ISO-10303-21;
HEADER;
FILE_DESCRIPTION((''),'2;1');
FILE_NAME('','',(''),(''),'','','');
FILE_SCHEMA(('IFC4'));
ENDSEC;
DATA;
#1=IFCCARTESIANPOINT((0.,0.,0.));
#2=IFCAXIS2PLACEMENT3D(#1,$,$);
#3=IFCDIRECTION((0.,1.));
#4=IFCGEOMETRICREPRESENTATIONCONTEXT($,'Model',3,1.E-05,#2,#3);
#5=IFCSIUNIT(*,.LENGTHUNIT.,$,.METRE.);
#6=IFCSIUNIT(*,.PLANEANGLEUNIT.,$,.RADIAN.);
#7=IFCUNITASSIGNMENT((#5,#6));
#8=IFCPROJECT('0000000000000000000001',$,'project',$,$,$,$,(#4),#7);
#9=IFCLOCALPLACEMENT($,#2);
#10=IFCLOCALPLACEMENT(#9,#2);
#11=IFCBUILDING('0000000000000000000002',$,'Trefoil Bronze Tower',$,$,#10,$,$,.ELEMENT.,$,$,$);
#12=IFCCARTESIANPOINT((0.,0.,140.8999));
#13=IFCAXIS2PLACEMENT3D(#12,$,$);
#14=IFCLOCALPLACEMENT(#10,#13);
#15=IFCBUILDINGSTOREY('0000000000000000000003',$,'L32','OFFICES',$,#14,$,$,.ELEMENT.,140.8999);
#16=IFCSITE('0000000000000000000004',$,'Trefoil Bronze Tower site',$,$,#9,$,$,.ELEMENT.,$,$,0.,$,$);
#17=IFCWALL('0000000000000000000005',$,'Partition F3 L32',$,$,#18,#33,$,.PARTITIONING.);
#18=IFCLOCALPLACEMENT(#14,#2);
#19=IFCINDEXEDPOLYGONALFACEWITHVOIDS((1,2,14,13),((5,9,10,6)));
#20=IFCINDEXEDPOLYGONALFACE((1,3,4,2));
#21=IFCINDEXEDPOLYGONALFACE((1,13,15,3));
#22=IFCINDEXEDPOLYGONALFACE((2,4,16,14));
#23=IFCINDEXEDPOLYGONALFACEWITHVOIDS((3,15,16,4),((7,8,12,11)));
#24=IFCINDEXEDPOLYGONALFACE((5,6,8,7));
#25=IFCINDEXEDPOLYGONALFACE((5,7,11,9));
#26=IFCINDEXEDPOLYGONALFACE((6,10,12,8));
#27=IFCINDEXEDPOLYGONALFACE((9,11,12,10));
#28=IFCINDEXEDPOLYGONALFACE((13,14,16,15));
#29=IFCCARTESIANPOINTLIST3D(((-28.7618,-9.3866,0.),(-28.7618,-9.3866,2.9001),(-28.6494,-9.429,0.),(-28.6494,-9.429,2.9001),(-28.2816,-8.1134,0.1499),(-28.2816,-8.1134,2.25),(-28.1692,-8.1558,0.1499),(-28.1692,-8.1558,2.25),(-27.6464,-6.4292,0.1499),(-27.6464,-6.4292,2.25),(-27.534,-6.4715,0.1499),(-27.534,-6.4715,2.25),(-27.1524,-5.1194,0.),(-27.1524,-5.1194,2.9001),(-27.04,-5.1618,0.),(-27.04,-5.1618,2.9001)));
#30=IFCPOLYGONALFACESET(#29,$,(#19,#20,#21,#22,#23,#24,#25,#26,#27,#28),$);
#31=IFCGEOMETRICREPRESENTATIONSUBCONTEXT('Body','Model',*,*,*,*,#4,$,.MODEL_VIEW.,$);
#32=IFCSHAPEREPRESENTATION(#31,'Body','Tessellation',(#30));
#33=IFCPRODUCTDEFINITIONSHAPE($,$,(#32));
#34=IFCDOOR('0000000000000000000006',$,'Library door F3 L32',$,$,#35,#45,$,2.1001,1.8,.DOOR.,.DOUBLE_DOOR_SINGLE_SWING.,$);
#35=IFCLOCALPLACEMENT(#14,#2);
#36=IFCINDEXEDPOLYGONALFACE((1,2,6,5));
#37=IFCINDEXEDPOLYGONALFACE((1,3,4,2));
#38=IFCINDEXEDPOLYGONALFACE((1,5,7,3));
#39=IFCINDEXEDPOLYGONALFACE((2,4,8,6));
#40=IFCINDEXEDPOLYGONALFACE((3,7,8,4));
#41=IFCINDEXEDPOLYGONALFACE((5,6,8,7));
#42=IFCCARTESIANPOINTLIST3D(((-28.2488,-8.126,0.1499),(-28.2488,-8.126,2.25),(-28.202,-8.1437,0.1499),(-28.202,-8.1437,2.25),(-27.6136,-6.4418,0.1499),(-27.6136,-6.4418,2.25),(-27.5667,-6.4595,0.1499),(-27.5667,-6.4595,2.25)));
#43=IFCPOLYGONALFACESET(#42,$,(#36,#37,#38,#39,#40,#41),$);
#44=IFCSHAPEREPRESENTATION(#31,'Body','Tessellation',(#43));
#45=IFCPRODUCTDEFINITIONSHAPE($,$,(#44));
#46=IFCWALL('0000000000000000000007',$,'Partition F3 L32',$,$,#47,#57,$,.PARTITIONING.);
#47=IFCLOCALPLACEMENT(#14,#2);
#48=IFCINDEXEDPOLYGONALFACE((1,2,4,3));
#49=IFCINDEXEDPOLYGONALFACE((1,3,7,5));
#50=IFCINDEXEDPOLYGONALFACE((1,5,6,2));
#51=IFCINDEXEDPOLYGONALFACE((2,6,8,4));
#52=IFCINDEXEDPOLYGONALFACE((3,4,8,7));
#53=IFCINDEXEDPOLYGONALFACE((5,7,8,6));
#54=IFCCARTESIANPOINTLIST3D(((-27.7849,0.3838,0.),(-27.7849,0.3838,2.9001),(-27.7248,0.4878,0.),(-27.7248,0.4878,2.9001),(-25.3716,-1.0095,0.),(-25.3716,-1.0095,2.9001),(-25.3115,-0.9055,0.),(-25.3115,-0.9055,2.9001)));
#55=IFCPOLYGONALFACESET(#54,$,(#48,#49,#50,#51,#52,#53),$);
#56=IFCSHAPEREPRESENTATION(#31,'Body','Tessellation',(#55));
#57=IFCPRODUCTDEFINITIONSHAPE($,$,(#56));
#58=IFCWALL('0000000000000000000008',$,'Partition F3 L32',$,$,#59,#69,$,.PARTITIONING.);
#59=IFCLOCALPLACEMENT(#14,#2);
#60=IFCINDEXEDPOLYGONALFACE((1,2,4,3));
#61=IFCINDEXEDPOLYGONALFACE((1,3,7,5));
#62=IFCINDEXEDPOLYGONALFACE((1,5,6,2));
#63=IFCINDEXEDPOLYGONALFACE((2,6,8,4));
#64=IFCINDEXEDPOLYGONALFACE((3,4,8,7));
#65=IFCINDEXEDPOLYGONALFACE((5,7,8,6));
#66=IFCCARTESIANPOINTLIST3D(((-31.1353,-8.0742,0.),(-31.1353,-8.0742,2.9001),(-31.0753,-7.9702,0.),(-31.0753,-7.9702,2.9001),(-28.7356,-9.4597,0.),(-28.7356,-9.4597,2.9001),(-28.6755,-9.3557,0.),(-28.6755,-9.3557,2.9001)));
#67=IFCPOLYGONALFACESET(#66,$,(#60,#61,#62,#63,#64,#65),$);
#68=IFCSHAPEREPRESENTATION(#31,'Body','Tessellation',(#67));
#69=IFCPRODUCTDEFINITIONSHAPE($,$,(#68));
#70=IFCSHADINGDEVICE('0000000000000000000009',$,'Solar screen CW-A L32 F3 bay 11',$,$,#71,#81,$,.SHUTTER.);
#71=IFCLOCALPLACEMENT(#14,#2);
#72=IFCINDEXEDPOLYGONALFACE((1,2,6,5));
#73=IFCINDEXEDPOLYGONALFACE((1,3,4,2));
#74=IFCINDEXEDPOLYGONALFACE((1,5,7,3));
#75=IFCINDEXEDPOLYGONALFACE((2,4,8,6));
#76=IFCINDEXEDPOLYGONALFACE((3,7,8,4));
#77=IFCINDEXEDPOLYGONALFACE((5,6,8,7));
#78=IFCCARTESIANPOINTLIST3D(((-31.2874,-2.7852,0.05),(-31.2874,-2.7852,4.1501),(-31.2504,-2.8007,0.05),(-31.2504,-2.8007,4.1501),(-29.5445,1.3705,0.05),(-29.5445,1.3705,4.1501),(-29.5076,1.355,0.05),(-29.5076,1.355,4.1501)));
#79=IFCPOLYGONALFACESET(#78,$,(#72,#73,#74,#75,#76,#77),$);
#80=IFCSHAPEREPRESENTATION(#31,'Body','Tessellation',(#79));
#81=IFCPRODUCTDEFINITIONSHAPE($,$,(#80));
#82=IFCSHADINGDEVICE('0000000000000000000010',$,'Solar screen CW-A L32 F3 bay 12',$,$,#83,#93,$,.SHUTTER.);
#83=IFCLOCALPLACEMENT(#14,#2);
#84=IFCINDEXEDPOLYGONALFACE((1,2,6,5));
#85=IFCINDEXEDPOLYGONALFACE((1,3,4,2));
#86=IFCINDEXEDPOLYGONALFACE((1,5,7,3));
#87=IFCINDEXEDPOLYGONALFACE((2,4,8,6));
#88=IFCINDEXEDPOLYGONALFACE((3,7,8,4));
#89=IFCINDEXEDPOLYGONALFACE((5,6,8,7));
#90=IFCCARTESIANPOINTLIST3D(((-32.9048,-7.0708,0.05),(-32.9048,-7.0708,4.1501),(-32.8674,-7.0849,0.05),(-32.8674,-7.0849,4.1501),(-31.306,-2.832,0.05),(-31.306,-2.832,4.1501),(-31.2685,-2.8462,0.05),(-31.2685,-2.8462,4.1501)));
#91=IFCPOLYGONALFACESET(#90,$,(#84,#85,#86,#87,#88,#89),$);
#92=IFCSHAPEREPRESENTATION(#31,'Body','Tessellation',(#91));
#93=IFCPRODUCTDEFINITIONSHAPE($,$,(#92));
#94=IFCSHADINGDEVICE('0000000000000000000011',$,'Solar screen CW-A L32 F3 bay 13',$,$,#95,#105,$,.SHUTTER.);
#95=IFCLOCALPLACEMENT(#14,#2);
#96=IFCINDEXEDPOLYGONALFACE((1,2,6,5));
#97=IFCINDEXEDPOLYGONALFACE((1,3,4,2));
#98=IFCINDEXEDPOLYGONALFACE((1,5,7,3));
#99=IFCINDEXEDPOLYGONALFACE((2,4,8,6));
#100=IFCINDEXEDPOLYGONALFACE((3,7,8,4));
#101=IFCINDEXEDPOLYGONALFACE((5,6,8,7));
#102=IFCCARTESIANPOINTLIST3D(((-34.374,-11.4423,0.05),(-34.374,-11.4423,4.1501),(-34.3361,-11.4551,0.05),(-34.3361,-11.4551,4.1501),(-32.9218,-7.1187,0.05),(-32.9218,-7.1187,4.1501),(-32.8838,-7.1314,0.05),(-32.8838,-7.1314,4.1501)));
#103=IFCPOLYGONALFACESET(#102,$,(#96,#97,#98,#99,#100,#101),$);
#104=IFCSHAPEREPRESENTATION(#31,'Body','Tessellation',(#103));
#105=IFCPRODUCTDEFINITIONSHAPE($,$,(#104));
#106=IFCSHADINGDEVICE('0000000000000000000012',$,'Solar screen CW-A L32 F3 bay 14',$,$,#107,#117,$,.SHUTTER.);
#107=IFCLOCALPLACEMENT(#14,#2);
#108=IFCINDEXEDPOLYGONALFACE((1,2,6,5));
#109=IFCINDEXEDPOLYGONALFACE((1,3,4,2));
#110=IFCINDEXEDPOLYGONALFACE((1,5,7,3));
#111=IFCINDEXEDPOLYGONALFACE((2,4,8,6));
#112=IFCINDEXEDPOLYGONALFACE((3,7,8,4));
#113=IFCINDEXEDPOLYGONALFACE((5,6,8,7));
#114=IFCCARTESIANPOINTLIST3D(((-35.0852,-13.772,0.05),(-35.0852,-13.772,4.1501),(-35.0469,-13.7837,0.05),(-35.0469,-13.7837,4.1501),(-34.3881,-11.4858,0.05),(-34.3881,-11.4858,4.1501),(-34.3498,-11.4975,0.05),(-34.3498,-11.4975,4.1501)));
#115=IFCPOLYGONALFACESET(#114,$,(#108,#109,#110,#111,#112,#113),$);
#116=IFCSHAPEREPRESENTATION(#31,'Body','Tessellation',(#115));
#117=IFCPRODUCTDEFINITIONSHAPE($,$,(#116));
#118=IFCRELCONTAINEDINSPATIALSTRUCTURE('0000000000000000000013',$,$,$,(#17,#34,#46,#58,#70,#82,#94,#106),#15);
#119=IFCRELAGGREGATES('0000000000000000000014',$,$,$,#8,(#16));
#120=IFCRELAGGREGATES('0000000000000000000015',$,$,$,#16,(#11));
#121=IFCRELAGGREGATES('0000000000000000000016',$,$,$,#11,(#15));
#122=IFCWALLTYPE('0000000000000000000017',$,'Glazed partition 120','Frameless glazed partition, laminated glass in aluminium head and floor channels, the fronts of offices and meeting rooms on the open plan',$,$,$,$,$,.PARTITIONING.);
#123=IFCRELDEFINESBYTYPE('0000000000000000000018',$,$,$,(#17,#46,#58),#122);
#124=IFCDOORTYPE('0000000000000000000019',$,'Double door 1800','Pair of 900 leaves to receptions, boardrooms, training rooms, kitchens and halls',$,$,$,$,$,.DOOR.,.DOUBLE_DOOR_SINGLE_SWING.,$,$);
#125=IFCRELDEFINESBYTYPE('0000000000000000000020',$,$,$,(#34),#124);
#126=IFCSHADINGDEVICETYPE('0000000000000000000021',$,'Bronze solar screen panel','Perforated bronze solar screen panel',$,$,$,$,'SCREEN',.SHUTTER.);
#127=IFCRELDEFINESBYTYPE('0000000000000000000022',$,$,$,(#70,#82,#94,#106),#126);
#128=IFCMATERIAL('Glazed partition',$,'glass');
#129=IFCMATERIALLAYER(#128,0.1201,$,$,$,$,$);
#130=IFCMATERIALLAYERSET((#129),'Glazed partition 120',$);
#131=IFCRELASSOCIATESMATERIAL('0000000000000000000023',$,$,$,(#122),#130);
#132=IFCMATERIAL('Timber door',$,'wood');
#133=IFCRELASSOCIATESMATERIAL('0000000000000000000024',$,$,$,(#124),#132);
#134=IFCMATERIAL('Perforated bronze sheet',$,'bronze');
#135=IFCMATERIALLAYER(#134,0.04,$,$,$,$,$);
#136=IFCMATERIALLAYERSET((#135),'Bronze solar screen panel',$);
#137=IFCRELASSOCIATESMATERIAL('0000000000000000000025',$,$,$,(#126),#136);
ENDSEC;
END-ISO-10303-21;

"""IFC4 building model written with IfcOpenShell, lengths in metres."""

from ifc_helpers import new_model, si_unit, direction, frame, frame_2d, origin, origin_2d, place, context, subcontext, project, spatial, rectangle, extrude, material, layer, layer_set, type_object, element, fill, save


model = new_model("IFC4")

# Units and contexts
model_context = context("Model", 3, precision=1e-05, world=origin(), true_north=direction((0.0, 1.0)))
body_context = subcontext(model_context, "Body", "Model", "MODEL_VIEW")
ifc_project = project(units=[si_unit("LENGTHUNIT", "METRE"), si_unit("PLANEANGLEUNIT", "RADIAN")], contexts=[model_context])

# Site, building, storey
site_placement = place(None, origin())
site = spatial("IfcSite", under=ifc_project, at=site_placement, Name="Trefoil Bronze Tower site", CompositionType="ELEMENT", RefElevation=0.0)
building_placement = place(site_placement, origin())
building = spatial("IfcBuilding", under=site, at=building_placement, Name="Trefoil Bronze Tower", CompositionType="ELEMENT")
storey_placement = place(building_placement, frame((0.0, 0.0, 140.8999)))
storey = spatial("IfcBuildingStorey", under=building, at=storey_placement, Name="L32", Description="OFFICES", CompositionType="ELEMENT", Elevation=140.8999)

# Shared definitions
ifc_material_1 = material(Name="Glazed partition", Category="glass")
ifc_layer_1 = layer(ifc_material_1, 0.1201)
ifc_layer_set_1 = layer_set([ifc_layer_1], Name="Glazed partition 120")
wall_type = type_object("IfcWallType", Name="Glazed partition 120", Description="Frameless glazed partition, laminated glass in aluminium head and floor channels, the fronts of offices and meeting rooms on the open plan", PredefinedType="PARTITIONING", material=ifc_layer_set_1)

# Wall, opening, door
wall_1_placement = place(storey_placement, frame((-27.0962, -5.1406, 0.0), z_axis=(0.0, 0.0, 1.0), x_axis=(-0.352895, -0.935663, 0.0)))
wall_1 = element("IfcWall", 1, at=wall_1_placement, inside=storey, type_object=wall_type, Name="Partition F3 L32", PredefinedType="PARTITIONING", context=body_context, shape_type="SweptSolid", body=[
    extrude(rectangle(XDim=4.5605, YDim=0.1201, at=frame_2d((2.2803, 0.0))), origin(), (0.0, 0.0, 1.0), 2.9001),
])
opening_placement = place(wall_1_placement, frame((1.3999, 0.0, 0.1499)))
opening = element("IfcOpeningElement", 2, at=opening_placement, cuts=wall_1, PredefinedType="OPENING", context=body_context, shape_type="SweptSolid", body=[
    extrude(rectangle(XDim=1.8, YDim=2.1001, at=frame_2d((0.8999, 1.05))), frame((0.0, 0.0701, 0.0), z_axis=(0.0, -1.0, 0.0), x_axis=(1.0, 0.0, 0.0)), (0.0, 0.0, 1.0), 0.1401),
])
ifc_material_2 = material(Name="Timber door", Category="wood")
door_type = type_object("IfcDoorType", Name="Double door 1800", Description="Pair of 900 leaves to receptions, boardrooms, training rooms, kitchens and halls", OperationType="DOUBLE_DOOR_SINGLE_SWING", PredefinedType="DOOR", material=ifc_material_2)
door_placement = place(opening_placement, frame((1.8, 0.0, 0.0), z_axis=(0.0, 0.0, 1.0), x_axis=(-1.0, 0.0, 0.0)))
door = element("IfcDoor", 3, at=door_placement, inside=storey, type_object=door_type, Name="Library door F3 L32", OperationType="DOUBLE_DOOR_SINGLE_SWING", OverallHeight=2.1001, OverallWidth=1.8, PredefinedType="DOOR", context=body_context, shape_type="SweptSolid", body=[
    extrude(rectangle(XDim=1.8, YDim=2.1001, at=frame_2d((0.8999, 1.05))), frame((0.0, 0.0249, 0.0), z_axis=(0.0, -1.0, 0.0), x_axis=(1.0, 0.0, 0.0)), (0.0, 0.0, 1.0), 0.05),
])
fill(opening, door)

# Walls
wall_2_placement = place(storey_placement, frame((-25.3416, -0.9575, 0.0), z_axis=(0.0, 0.0, 1.0), x_axis=(-0.866029, 0.499993, 0.0)))
element("IfcWall", 4, at=wall_2_placement, inside=storey, type_object=wall_type, Name="Partition F3 L32", PredefinedType="PARTITIONING", context=body_context, shape_type="SweptSolid", body=[
    extrude(rectangle(XDim=2.7866, YDim=0.1201, at=frame_2d((1.3933, 0.0))), origin(), (0.0, 0.0, 1.0), 2.9001),
])
wall_3_placement = place(storey_placement, frame((-28.7056, -9.4077, 0.0), z_axis=(0.0, 0.0, 1.0), x_axis=(-0.866017, 0.500015, 0.0)))
element("IfcWall", 5, at=wall_3_placement, inside=storey, type_object=wall_type, Name="Partition F3 L32", PredefinedType="PARTITIONING", context=body_context, shape_type="SweptSolid", body=[
    extrude(rectangle(XDim=2.771, YDim=0.1201, at=frame_2d((1.3855, 0.0))), origin(), (0.0, 0.0, 1.0), 2.9001),
])

# Shading devices
ifc_material_3 = material(Name="Perforated bronze sheet", Category="bronze")
ifc_layer_2 = layer(ifc_material_3, 0.04)
ifc_layer_set_2 = layer_set([ifc_layer_2], Name="Bronze solar screen panel")
shading_device_type = type_object("IfcShadingDeviceType", Name="Bronze solar screen panel", Description="Perforated bronze solar screen panel", ElementType="SCREEN", PredefinedType="SHUTTER", material=ifc_layer_set_2)
shading_device_1_placement = place(storey_placement, frame((-30.3975, -0.7151, 0.05), z_axis=(0.0, 0.0, 1.0), x_axis=(-0.386759, -0.922181, 0.0)))
element("IfcShadingDevice", 6, at=shading_device_1_placement, inside=storey, type_object=shading_device_type, Name="Solar screen CW-A L32 F3 bay 11", PredefinedType="SHUTTER", context=body_context, shape_type="SweptSolid", body=[
    extrude(rectangle(XDim=4.5063, YDim=0.04, at=origin_2d()), origin(), (0.0, 0.0, 1.0), 4.1001),
])
shading_device_2_placement = place(storey_placement, frame((-32.0867, -4.9585, 0.05), z_axis=(0.0, 0.0, 1.0), x_axis=(-0.35292, -0.935654, 0.0)))
element("IfcShadingDevice", 7, at=shading_device_2_placement, inside=storey, type_object=shading_device_type, Name="Solar screen CW-A L32 F3 bay 12", PredefinedType="SHUTTER", context=body_context, shape_type="SweptSolid", body=[
    extrude(rectangle(XDim=4.5303, YDim=0.04, at=origin_2d()), origin(), (0.0, 0.0, 1.0), 4.1001),
])
shading_device_3_placement = place(storey_placement, frame((-33.6289, -9.2869, 0.05), z_axis=(0.0, 0.0, 1.0), x_axis=(-0.318404, -0.947955, 0.0)))
element("IfcShadingDevice", 8, at=shading_device_3_placement, inside=storey, type_object=shading_device_type, Name="Solar screen CW-A L32 F3 bay 13", PredefinedType="SHUTTER", context=body_context, shape_type="SweptSolid", body=[
    extrude(rectangle(XDim=4.561, YDim=0.04, at=origin_2d()), origin(), (0.0, 0.0, 1.0), 4.1001),
])
shading_device_4_placement = place(storey_placement, frame((-34.7175, -12.6348, 0.05), z_axis=(0.0, 0.0, 1.0), x_axis=(-0.291669, -0.956519, 0.0)))
element("IfcShadingDevice", 9, at=shading_device_4_placement, inside=storey, type_object=shading_device_type, Name="Solar screen CW-A L32 F3 bay 14", PredefinedType="SHUTTER", context=body_context, shape_type="SweptSolid", body=[
    extrude(rectangle(XDim=2.3901, YDim=0.04, at=origin_2d()), origin(), (0.0, 0.0, 1.0), 4.1001),
])

save(model, "model.ifc")
